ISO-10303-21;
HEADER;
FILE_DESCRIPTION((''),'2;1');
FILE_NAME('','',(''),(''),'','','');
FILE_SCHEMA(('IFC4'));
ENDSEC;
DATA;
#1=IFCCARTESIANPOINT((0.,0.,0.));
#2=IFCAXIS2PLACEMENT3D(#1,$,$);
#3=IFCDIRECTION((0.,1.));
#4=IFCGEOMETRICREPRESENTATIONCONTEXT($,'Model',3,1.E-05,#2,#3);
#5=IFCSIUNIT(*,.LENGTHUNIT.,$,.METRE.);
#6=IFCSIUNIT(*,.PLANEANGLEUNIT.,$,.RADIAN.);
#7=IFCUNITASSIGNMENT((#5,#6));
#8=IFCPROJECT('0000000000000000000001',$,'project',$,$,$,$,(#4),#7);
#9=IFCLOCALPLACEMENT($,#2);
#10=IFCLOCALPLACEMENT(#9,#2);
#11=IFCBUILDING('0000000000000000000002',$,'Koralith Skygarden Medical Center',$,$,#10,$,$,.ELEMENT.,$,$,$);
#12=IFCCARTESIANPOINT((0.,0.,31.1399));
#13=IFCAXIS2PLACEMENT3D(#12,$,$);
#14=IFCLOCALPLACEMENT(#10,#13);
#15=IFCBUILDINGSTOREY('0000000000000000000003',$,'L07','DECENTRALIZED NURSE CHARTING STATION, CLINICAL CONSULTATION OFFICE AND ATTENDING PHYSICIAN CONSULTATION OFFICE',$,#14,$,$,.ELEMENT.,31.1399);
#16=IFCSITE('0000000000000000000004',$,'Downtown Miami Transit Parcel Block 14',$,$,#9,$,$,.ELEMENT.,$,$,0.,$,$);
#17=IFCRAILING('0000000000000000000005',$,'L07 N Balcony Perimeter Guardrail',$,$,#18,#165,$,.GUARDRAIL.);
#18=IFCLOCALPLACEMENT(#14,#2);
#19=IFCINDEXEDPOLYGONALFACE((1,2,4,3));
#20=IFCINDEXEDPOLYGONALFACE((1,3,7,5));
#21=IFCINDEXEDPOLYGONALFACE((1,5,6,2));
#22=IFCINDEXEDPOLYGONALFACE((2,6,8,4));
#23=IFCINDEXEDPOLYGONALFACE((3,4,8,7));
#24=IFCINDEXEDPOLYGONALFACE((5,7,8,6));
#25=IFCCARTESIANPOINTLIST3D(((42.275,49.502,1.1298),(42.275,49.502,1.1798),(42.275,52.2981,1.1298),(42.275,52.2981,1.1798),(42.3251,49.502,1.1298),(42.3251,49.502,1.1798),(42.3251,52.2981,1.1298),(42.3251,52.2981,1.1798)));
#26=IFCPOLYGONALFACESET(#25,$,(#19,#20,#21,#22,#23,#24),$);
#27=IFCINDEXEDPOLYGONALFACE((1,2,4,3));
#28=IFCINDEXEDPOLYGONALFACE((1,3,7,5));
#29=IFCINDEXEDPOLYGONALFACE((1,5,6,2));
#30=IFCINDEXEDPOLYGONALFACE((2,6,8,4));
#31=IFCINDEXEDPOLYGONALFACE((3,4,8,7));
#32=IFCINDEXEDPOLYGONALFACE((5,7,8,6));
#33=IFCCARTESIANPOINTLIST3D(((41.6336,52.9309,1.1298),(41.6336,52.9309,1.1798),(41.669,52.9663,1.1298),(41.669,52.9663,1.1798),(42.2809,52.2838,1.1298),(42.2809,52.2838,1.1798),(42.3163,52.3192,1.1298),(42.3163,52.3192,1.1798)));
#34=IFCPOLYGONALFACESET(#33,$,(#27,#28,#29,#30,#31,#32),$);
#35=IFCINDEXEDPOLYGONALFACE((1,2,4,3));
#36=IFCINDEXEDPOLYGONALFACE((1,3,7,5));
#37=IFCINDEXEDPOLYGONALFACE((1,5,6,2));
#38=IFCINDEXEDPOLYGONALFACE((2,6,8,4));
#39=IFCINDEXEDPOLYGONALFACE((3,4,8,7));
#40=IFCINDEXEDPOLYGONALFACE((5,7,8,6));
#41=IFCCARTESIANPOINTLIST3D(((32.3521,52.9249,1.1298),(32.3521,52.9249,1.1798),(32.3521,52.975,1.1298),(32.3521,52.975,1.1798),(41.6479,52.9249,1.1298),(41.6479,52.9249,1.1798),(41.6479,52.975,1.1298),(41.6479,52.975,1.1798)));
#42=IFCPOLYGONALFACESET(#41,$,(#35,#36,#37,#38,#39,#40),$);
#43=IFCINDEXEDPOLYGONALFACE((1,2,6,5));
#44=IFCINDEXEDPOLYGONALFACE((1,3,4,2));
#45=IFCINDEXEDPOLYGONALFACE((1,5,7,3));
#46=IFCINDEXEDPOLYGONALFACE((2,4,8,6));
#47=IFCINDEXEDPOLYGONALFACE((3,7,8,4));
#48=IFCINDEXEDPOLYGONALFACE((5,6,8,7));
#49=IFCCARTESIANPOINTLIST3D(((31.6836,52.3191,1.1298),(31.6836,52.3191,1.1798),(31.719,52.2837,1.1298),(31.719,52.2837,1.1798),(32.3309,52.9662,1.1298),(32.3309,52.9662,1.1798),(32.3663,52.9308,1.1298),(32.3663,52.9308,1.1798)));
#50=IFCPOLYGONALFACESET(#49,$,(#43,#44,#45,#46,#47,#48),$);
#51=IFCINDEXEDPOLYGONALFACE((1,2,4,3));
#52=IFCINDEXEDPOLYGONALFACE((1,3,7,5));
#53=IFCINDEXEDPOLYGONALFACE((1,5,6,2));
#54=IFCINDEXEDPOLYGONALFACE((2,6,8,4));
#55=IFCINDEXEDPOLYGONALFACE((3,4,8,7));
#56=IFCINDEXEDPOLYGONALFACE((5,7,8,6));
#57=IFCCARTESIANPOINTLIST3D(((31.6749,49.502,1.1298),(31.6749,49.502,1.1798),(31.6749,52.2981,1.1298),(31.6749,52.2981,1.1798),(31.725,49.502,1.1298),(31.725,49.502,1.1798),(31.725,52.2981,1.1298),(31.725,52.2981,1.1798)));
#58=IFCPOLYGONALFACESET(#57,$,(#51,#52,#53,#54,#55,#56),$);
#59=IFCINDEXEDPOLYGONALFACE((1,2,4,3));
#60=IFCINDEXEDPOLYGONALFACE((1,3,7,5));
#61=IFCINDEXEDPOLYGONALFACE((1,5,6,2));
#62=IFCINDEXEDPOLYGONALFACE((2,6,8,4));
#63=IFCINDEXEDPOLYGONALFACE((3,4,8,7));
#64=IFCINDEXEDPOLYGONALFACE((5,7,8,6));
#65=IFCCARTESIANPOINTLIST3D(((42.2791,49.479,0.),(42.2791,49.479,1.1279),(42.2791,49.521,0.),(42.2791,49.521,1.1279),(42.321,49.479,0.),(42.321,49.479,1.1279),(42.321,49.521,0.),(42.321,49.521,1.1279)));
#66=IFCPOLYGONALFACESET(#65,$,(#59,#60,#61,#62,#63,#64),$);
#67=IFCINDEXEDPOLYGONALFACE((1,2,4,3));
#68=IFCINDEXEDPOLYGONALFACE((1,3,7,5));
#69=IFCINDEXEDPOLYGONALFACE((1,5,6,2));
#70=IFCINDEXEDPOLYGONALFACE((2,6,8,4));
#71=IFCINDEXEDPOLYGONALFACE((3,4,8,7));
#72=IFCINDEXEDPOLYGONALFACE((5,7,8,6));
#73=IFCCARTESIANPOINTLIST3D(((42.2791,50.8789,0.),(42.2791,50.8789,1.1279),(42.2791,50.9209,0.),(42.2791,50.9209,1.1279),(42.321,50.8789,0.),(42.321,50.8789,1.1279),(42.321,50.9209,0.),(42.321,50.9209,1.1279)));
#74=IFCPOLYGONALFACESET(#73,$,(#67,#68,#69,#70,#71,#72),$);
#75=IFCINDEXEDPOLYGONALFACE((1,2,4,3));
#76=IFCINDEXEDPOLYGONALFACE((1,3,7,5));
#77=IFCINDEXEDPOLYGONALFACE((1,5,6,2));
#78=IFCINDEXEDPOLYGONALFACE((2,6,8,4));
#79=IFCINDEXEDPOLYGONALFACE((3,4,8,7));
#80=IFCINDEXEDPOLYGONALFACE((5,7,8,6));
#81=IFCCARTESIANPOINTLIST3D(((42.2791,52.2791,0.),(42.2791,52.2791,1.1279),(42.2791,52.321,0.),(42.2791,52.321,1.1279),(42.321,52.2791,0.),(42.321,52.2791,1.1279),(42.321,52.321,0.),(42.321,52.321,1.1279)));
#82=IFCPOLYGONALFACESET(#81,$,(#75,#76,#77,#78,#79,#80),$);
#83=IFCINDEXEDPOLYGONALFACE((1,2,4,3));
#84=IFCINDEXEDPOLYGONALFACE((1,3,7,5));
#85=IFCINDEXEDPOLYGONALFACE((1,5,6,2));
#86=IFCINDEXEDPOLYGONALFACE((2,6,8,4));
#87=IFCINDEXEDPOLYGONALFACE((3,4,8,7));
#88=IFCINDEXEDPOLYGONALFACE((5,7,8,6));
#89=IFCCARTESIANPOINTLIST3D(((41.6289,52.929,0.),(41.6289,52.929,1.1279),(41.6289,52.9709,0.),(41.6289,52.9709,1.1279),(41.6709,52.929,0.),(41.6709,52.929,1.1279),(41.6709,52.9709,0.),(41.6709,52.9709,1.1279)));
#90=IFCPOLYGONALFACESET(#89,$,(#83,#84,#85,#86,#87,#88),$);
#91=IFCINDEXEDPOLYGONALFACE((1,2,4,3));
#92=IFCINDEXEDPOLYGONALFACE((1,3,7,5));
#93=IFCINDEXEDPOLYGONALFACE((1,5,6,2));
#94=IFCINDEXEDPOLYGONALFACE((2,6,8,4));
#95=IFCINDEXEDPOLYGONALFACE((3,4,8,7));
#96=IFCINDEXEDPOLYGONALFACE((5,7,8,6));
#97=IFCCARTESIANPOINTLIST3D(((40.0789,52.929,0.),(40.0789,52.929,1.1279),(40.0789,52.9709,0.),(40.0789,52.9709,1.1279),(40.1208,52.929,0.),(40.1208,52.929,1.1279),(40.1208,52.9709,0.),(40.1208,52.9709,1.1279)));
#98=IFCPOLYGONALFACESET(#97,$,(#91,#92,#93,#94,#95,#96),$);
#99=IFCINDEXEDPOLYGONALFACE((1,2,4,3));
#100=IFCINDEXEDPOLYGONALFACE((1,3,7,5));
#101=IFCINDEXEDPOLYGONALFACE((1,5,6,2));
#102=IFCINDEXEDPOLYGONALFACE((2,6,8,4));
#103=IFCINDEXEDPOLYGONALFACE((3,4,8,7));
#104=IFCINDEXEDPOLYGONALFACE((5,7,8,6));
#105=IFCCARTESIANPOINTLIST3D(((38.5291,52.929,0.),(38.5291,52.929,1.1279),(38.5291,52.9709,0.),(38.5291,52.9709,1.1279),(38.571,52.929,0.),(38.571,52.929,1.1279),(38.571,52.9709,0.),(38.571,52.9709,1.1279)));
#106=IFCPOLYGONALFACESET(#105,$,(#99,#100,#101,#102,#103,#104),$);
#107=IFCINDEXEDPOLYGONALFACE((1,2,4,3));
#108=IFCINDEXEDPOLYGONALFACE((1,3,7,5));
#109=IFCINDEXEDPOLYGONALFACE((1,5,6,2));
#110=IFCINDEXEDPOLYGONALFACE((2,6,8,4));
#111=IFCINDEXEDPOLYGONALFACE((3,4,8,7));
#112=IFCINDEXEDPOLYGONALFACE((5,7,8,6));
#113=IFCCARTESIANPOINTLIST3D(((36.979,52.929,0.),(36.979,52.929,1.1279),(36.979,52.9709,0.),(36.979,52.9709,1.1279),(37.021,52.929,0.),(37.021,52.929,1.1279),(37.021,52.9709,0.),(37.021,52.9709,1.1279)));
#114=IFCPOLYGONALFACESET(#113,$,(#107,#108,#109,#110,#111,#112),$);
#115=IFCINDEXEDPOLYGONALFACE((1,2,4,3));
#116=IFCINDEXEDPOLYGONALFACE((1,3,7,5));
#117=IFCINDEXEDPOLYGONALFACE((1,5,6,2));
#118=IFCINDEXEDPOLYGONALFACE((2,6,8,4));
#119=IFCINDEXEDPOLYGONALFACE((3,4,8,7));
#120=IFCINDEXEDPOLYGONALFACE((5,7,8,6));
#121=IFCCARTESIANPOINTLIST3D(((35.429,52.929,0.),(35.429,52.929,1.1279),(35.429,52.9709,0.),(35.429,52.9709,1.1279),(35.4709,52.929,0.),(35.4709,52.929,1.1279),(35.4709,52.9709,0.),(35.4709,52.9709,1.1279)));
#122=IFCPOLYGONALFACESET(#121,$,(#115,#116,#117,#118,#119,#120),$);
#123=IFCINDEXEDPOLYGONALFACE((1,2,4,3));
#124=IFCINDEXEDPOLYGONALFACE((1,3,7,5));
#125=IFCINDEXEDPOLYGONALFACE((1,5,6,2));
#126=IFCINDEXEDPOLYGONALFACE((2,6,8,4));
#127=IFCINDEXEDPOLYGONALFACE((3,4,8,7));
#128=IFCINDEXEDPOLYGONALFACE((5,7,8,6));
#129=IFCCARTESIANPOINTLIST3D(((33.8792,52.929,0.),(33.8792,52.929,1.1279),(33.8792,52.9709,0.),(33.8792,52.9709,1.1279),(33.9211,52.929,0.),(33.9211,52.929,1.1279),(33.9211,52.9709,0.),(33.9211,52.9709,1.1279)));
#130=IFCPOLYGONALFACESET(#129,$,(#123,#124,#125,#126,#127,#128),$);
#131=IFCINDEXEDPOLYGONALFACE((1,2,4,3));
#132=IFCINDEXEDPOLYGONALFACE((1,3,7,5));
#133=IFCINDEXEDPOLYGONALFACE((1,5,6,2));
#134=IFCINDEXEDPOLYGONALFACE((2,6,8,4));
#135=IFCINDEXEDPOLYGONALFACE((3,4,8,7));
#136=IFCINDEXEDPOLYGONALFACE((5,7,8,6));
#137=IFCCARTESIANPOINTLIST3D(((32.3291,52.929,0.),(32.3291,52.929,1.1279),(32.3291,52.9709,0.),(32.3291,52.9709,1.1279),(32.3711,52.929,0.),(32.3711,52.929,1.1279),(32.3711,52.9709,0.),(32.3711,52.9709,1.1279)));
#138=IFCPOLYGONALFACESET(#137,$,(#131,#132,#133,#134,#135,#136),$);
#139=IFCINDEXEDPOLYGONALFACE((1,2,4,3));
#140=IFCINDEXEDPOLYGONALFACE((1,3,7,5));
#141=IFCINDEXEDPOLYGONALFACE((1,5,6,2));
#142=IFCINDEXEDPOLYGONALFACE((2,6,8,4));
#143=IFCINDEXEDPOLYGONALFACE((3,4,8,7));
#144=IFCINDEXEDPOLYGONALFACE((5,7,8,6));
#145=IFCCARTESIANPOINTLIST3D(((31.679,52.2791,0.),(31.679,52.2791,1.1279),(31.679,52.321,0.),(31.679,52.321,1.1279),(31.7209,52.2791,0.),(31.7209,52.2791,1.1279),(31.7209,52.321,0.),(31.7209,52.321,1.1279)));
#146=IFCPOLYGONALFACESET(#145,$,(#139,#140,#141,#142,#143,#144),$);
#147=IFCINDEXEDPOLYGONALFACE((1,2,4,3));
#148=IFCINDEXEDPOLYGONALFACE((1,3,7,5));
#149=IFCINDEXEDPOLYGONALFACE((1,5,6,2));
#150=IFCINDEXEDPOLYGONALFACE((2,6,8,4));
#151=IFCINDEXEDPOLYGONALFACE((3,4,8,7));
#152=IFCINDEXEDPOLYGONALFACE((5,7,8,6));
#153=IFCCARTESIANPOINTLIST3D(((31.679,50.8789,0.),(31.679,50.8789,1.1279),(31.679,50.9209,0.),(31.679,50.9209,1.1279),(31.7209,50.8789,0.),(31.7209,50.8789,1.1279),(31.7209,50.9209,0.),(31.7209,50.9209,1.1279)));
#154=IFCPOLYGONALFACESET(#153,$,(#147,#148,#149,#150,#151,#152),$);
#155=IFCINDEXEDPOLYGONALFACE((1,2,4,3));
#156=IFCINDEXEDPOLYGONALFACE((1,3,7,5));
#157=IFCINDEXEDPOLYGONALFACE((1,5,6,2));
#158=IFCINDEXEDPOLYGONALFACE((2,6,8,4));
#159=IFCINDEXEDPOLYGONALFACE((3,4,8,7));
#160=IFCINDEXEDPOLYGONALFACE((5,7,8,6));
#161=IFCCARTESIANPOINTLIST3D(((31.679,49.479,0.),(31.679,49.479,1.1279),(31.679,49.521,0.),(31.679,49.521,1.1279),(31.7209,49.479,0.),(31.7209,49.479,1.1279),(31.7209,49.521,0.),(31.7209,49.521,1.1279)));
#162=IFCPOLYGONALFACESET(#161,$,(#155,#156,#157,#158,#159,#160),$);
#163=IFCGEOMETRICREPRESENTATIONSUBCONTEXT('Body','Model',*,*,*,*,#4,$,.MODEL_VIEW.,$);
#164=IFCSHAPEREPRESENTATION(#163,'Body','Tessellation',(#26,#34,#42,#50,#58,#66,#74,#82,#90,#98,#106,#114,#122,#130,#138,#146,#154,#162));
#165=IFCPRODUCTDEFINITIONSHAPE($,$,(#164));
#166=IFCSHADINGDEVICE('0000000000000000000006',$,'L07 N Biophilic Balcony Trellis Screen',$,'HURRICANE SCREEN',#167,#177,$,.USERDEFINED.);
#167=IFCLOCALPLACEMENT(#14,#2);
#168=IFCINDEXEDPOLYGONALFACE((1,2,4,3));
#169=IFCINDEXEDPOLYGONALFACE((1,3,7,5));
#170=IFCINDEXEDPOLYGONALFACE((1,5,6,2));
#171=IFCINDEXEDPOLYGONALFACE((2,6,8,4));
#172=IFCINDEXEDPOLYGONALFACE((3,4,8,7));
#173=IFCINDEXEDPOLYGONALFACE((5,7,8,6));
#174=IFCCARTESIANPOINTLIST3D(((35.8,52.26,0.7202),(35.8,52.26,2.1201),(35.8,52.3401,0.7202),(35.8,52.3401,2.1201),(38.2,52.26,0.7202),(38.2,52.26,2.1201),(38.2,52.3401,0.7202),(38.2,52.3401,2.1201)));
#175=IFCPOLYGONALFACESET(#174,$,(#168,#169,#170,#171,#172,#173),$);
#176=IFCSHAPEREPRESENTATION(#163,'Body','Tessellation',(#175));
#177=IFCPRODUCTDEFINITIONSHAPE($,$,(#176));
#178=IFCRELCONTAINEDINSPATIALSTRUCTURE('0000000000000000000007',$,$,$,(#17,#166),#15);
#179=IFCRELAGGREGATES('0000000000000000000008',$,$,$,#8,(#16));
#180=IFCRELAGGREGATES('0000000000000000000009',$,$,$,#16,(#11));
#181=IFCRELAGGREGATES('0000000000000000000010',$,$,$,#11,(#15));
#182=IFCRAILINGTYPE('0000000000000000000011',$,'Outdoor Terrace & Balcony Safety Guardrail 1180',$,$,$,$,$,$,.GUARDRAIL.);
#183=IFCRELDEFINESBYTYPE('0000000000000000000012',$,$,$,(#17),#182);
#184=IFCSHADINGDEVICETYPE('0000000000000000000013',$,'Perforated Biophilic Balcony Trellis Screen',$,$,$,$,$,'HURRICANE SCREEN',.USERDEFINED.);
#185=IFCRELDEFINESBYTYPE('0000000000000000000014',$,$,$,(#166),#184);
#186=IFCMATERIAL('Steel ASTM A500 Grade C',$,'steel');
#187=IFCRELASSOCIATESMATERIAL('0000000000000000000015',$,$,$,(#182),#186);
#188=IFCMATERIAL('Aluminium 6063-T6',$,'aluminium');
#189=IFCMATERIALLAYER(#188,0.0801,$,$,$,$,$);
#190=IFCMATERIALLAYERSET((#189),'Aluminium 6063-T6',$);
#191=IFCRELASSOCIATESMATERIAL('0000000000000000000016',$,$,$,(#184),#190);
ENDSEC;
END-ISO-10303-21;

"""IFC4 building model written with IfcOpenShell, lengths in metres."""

from ifc_helpers import new_model, si_unit, direction, frame, origin, origin_2d, place, context, subcontext, project, spatial, rectangle, extrude, material, layer, layer_set, type_object, element, save


model = new_model("IFC4")

# Units and contexts
model_context = context("Model", 3, precision=1e-05, world=origin(), true_north=direction((0.0, 1.0)))
body_context = subcontext(model_context, "Body", "Model", "MODEL_VIEW")
ifc_project = project(units=[si_unit("LENGTHUNIT", "METRE"), si_unit("PLANEANGLEUNIT", "RADIAN")], contexts=[model_context])

# Site, building, storey
site_placement = place(None, origin())
site = spatial("IfcSite", under=ifc_project, at=site_placement, Name="Downtown Miami Transit Parcel Block 14", CompositionType="ELEMENT", RefElevation=0.0)
building_placement = place(site_placement, origin())
building = spatial("IfcBuilding", under=site, at=building_placement, Name="Koralith Skygarden Medical Center", CompositionType="ELEMENT")
storey_placement = place(building_placement, frame((0.0, 0.0, 31.1399)))
storey = spatial("IfcBuildingStorey", under=building, at=storey_placement, Name="L07", Description="DECENTRALIZED NURSE CHARTING STATION, CLINICAL CONSULTATION OFFICE AND ATTENDING PHYSICIAN CONSULTATION OFFICE", CompositionType="ELEMENT", Elevation=31.1399)

# Shared definitions
ifc_material_1 = material(Name="Aluminium 6063-T6", Category="aluminium")

# Shared definitions
ifc_material_2 = material(Name="Steel ASTM A500 Grade C", Category="steel")

# Railing
railing_type = type_object("IfcRailingType", Name="Outdoor Terrace & Balcony Safety Guardrail 1180", PredefinedType="GUARDRAIL", material=ifc_material_2)
railing_placement = place(storey_placement, frame((42.3, 49.5, 0.0)))
element("IfcRailing", 1, at=railing_placement, inside=storey, type_object=railing_type, Name="L07 N Balcony Perimeter Guardrail", PredefinedType="GUARDRAIL", context=body_context, shape_type="SweptSolid", body=[
    extrude(rectangle(XDim=0.05, YDim=0.05, at=origin_2d()), frame((0.0, 0.002, 1.1548), z_axis=(0.0, 1.0, 0.0), x_axis=(-1.0, 0.0, 0.0)), (0.0, 0.0, 1.0), 2.7961),
    extrude(rectangle(XDim=0.05, YDim=0.05, at=origin_2d()), frame((-0.0015, 2.8015, 1.1548), z_axis=(-0.70724, 0.706974, 0.0), x_axis=(-0.706974, -0.70724, 0.0)), (0.0, 0.0, 1.0), 0.9153),
    extrude(rectangle(XDim=0.05, YDim=0.05, at=origin_2d()), frame((-0.6521, 3.45, 1.1548), z_axis=(-1.0, 0.0, 0.0), x_axis=(0.0, -1.0, 0.0)), (0.0, 0.0, 1.0), 9.2959),
    extrude(rectangle(XDim=0.05, YDim=0.05, at=origin_2d()), frame((-9.9514, 3.4485, 1.1548), z_axis=(-0.70724, -0.706974, 0.0), x_axis=(0.706974, -0.70724, 0.0)), (0.0, 0.0, 1.0), 0.9153),
    extrude(rectangle(XDim=0.05, YDim=0.05, at=origin_2d()), frame((-10.6001, 2.7981, 1.1548), z_axis=(0.0, -1.0, 0.0), x_axis=(1.0, 0.0, 0.0)), (0.0, 0.0, 1.0), 2.7961),
    extrude(rectangle(XDim=0.042, YDim=0.042, at=origin_2d()), origin(), (0.0, 0.0, 1.0), 1.1279),
    extrude(rectangle(XDim=0.042, YDim=0.042, at=origin_2d()), frame((0.0, 1.3999, 0.0)), (0.0, 0.0, 1.0), 1.1279),
    extrude(rectangle(XDim=0.042, YDim=0.042, at=origin_2d()), frame((0.0, 2.8, 0.0)), (0.0, 0.0, 1.0), 1.1279),
    extrude(rectangle(XDim=0.042, YDim=0.042, at=origin_2d()), frame((-0.6501, 3.45, 0.0)), (0.0, 0.0, 1.0), 1.1279),
    extrude(rectangle(XDim=0.042, YDim=0.042, at=origin_2d()), frame((-2.2002, 3.45, 0.0)), (0.0, 0.0, 1.0), 1.1279),
    extrude(rectangle(XDim=0.042, YDim=0.042, at=origin_2d()), frame((-3.75, 3.45, 0.0)), (0.0, 0.0, 1.0), 1.1279),
    extrude(rectangle(XDim=0.042, YDim=0.042, at=origin_2d()), frame((-5.3, 3.45, 0.0)), (0.0, 0.0, 1.0), 1.1279),
    extrude(rectangle(XDim=0.042, YDim=0.042, at=origin_2d()), frame((-6.8501, 3.45, 0.0)), (0.0, 0.0, 1.0), 1.1279),
    extrude(rectangle(XDim=0.042, YDim=0.042, at=origin_2d()), frame((-8.3999, 3.45, 0.0)), (0.0, 0.0, 1.0), 1.1279),
    extrude(rectangle(XDim=0.042, YDim=0.042, at=origin_2d()), frame((-9.95, 3.45, 0.0)), (0.0, 0.0, 1.0), 1.1279),
    extrude(rectangle(XDim=0.042, YDim=0.042, at=origin_2d()), frame((-10.6001, 2.8, 0.0)), (0.0, 0.0, 1.0), 1.1279),
    extrude(rectangle(XDim=0.042, YDim=0.042, at=origin_2d()), frame((-10.6001, 1.3999, 0.0)), (0.0, 0.0, 1.0), 1.1279),
    extrude(rectangle(XDim=0.042, YDim=0.042, at=origin_2d()), frame((-10.6001, 0.0, 0.0)), (0.0, 0.0, 1.0), 1.1279),
])

# Shading device
ifc_layer_1 = layer(ifc_material_1, 0.0801)
ifc_layer_set_1 = layer_set([ifc_layer_1], Name="Aluminium 6063-T6")
shading_device_type = type_object("IfcShadingDeviceType", Name="Perforated Biophilic Balcony Trellis Screen", ElementType="HURRICANE SCREEN", PredefinedType="USERDEFINED", material=ifc_layer_set_1)
shading_device_placement = place(storey_placement, frame((37.0, 52.3, 0.7202), z_axis=(0.0, 0.0, 1.0), x_axis=(1.0, 0.0, 0.0)))
element("IfcShadingDevice", 2, at=shading_device_placement, inside=storey, type_object=shading_device_type, Name="L07 N Biophilic Balcony Trellis Screen", ObjectType="HURRICANE SCREEN", PredefinedType="USERDEFINED", context=body_context, shape_type="SweptSolid", body=[
    extrude(rectangle(XDim=2.3999, YDim=0.0801, at=origin_2d()), origin(), (0.0, 0.0, 1.0), 1.3999),
])

save(model, "model.ifc")
